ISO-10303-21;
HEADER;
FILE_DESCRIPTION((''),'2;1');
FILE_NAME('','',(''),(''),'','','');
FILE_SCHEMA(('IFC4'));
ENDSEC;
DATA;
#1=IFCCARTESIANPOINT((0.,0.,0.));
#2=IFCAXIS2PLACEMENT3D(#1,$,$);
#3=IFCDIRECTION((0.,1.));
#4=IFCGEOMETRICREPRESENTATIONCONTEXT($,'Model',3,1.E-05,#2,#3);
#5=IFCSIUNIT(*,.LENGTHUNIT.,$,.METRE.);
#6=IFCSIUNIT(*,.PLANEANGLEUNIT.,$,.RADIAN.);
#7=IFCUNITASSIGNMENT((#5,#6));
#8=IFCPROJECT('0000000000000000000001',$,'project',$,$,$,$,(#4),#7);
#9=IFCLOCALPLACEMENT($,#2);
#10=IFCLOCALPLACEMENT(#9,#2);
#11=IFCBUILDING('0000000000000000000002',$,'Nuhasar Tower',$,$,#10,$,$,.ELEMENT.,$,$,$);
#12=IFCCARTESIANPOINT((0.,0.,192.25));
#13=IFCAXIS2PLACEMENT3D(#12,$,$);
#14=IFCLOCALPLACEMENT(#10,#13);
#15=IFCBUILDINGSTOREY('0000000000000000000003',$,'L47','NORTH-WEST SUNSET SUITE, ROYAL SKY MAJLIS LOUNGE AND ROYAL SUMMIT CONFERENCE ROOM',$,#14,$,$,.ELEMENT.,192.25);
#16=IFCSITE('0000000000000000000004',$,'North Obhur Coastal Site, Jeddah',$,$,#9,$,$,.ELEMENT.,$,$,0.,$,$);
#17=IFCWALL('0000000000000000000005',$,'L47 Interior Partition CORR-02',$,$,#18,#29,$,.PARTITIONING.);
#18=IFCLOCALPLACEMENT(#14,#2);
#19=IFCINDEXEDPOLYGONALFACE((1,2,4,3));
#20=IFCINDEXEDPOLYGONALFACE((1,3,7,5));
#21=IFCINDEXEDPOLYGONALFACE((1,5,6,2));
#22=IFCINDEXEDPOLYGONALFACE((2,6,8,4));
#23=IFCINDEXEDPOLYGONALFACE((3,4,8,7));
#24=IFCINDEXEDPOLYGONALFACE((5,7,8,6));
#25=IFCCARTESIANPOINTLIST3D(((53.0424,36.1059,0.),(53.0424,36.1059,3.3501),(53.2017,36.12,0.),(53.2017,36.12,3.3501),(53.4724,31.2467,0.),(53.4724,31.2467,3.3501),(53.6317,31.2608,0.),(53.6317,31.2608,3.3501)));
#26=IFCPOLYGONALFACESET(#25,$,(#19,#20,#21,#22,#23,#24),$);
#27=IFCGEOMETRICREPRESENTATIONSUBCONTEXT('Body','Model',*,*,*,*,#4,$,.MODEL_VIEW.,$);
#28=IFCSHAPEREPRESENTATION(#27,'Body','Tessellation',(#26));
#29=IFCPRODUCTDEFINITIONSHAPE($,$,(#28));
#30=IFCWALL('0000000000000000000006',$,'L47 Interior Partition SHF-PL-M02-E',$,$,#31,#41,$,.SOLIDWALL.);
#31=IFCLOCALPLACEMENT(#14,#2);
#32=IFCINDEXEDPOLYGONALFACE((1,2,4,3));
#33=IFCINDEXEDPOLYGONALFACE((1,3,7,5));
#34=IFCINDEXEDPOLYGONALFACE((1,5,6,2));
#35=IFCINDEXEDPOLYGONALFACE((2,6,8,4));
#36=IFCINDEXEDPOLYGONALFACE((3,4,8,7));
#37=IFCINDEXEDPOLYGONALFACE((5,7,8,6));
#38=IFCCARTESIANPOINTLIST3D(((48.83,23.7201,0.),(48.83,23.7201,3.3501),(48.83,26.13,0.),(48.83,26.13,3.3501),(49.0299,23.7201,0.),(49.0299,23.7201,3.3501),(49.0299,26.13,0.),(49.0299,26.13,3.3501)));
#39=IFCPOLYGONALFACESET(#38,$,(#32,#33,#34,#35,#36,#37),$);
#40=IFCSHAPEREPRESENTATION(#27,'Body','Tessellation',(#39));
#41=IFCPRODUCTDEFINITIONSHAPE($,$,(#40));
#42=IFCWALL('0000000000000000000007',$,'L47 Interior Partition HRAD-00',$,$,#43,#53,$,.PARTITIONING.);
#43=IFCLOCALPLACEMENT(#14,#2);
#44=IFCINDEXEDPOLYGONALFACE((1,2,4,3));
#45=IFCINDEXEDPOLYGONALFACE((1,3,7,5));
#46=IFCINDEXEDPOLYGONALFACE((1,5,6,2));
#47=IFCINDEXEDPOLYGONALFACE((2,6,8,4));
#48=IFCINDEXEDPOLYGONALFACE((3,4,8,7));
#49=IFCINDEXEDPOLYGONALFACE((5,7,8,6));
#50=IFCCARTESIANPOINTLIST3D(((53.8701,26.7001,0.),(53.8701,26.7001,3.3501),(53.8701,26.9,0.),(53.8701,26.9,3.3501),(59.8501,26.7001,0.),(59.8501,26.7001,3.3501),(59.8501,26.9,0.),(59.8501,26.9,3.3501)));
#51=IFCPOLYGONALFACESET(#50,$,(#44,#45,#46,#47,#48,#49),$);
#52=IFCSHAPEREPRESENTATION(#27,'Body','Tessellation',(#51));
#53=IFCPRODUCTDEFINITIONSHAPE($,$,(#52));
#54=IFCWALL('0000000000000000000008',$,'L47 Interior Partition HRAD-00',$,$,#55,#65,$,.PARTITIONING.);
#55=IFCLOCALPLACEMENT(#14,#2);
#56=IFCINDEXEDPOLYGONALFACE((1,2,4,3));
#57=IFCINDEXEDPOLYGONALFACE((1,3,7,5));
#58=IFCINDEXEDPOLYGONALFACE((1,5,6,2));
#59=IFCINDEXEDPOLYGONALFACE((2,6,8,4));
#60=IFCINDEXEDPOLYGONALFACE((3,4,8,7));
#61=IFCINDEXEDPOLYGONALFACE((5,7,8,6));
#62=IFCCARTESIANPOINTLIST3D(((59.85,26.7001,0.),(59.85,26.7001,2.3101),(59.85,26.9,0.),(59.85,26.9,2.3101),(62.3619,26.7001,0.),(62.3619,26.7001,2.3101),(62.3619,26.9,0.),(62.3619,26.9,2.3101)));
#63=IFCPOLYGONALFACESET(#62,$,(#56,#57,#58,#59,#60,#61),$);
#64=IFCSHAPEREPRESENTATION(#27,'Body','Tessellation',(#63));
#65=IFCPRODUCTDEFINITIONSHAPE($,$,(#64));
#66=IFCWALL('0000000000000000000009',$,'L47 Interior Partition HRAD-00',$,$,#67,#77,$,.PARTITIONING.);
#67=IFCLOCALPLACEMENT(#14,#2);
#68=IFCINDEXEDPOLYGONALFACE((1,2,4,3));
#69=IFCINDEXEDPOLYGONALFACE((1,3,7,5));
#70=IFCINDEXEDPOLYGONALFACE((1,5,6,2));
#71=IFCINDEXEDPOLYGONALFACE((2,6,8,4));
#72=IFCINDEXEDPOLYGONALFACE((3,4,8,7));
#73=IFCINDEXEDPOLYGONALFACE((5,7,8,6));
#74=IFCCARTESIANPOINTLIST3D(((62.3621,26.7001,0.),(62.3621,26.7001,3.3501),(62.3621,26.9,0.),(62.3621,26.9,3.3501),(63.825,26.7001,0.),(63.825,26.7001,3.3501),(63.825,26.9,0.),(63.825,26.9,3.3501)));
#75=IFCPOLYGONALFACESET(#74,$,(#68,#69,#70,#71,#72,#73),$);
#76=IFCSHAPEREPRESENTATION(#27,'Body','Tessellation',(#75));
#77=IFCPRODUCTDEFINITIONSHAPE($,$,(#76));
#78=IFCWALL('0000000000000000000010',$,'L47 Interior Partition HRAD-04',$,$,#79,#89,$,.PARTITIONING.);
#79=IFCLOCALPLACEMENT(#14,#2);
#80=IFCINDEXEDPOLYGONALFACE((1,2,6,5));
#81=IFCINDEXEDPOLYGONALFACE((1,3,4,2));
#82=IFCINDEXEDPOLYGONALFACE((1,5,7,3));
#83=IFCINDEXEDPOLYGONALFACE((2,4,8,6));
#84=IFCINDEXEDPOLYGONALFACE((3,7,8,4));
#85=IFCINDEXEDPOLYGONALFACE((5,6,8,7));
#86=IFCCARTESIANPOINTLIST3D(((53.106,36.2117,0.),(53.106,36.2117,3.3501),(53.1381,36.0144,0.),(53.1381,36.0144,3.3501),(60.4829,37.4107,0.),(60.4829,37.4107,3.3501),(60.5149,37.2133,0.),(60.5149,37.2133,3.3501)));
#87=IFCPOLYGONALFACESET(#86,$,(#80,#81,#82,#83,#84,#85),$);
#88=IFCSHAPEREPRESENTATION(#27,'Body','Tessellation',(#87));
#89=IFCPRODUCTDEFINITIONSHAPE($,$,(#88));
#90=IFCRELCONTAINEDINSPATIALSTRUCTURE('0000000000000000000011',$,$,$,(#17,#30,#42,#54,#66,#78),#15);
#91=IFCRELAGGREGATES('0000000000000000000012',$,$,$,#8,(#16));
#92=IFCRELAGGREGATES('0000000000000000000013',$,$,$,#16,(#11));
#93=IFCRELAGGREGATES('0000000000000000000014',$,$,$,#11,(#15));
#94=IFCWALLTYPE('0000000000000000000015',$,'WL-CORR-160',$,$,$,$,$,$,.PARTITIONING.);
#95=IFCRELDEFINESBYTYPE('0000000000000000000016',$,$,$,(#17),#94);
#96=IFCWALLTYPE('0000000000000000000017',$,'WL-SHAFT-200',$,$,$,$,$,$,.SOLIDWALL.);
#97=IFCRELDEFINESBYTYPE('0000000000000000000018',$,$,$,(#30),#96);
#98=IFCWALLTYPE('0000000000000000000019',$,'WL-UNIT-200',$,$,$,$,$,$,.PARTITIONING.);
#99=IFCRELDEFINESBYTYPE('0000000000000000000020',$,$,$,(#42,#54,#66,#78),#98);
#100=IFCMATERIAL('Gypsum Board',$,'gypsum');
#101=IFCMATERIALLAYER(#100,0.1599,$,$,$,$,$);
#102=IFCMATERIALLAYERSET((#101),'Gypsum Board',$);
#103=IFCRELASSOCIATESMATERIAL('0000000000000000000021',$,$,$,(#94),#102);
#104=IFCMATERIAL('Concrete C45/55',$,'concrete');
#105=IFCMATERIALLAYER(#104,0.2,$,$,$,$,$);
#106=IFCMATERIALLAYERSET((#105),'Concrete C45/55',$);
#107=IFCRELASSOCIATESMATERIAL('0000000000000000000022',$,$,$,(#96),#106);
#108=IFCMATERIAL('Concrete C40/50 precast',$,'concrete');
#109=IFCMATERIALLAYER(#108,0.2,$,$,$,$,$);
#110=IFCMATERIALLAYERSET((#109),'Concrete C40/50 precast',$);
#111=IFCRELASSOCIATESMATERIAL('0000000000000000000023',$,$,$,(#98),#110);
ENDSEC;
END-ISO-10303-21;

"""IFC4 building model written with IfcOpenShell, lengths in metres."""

from ifc_helpers import new_model, si_unit, direction, frame, frame_2d, origin, place, context, subcontext, project, spatial, rectangle, extrude, material, layer, layer_set, type_object, element, save


model = new_model("IFC4")

# Units and contexts
model_context = context("Model", 3, precision=1e-05, world=origin(), true_north=direction((0.0, 1.0)))
body_context = subcontext(model_context, "Body", "Model", "MODEL_VIEW")
ifc_project = project(units=[si_unit("LENGTHUNIT", "METRE"), si_unit("PLANEANGLEUNIT", "RADIAN")], contexts=[model_context])

# Site, building, storey
site_placement = place(None, origin())
site = spatial("IfcSite", under=ifc_project, at=site_placement, Name="North Obhur Coastal Site, Jeddah", CompositionType="ELEMENT", RefElevation=0.0)
building_placement = place(site_placement, origin())
building = spatial("IfcBuilding", under=site, at=building_placement, Name="Nuhasar Tower", CompositionType="ELEMENT")
storey_placement = place(building_placement, frame((0.0, 0.0, 192.25)))
storey = spatial("IfcBuildingStorey", under=building, at=storey_placement, Name="L47", Description="NORTH-WEST SUNSET SUITE, ROYAL SKY MAJLIS LOUNGE AND ROYAL SUMMIT CONFERENCE ROOM", CompositionType="ELEMENT", Elevation=192.25)

# Shared definitions
ifc_material_1 = material(Name="Gypsum Board", Category="gypsum")
ifc_layer_1 = layer(ifc_material_1, 0.1599)
ifc_layer_set_1 = layer_set([ifc_layer_1], Name="Gypsum Board")
wall_type_1 = type_object("IfcWallType", Name="WL-CORR-160", PredefinedType="PARTITIONING", material=ifc_layer_set_1)

# Walls
wall_1_placement = place(storey_placement, frame((53.552, 31.2539, 0.0), z_axis=(0.0, 0.0, 1.0), x_axis=(-0.088135, 0.996109, 0.0)))
element("IfcWall", 1, at=wall_1_placement, inside=storey, type_object=wall_type_1, Name="L47 Interior Partition CORR-02", PredefinedType="PARTITIONING", context=body_context, shape_type="SweptSolid", body=[
    extrude(rectangle(XDim=4.8782, YDim=0.1599, at=frame_2d((2.439, 0.0))), origin(), (0.0, 0.0, 1.0), 3.3501),
])
ifc_material_2 = material(Name="Concrete C45/55", Category="concrete")
ifc_layer_2 = layer(ifc_material_2, 0.2)
ifc_layer_set_2 = layer_set([ifc_layer_2], Name="Concrete C45/55")
wall_type_2 = type_object("IfcWallType", Name="WL-SHAFT-200", PredefinedType="SOLIDWALL", material=ifc_layer_set_2)
wall_2_placement = place(storey_placement, frame((48.9299, 23.72, 0.0), z_axis=(0.0, 0.0, 1.0), x_axis=(0.0, 1.0, 0.0)))
element("IfcWall", 2, at=wall_2_placement, inside=storey, type_object=wall_type_2, Name="L47 Interior Partition SHF-PL-M02-E", PredefinedType="SOLIDWALL", context=body_context, shape_type="SweptSolid", body=[
    extrude(rectangle(XDim=2.4099, YDim=0.2, at=frame_2d((1.2051, 0.0))), origin(), (0.0, 0.0, 1.0), 3.3501),
])
ifc_material_3 = material(Name="Concrete C40/50 precast", Category="concrete")
ifc_layer_3 = layer(ifc_material_3, 0.2)
ifc_layer_set_3 = layer_set([ifc_layer_3], Name="Concrete C40/50 precast")
wall_type_3 = type_object("IfcWallType", Name="WL-UNIT-200", PredefinedType="PARTITIONING", material=ifc_layer_set_3)
wall_3_placement = place(storey_placement, frame((53.8701, 26.8, 0.0), z_axis=(0.0, 0.0, 1.0), x_axis=(1.0, 0.0, 0.0)))
element("IfcWall", 3, at=wall_3_placement, inside=storey, type_object=wall_type_3, Name="L47 Interior Partition HRAD-00", PredefinedType="PARTITIONING", context=body_context, shape_type="SweptSolid", body=[
    extrude(rectangle(XDim=5.98, YDim=0.2, at=frame_2d((2.99, 0.0))), origin(), (0.0, 0.0, 1.0), 3.3501),
])
wall_4_placement = place(storey_placement, frame((59.8501, 26.8, 0.0), z_axis=(0.0, 0.0, 1.0), x_axis=(1.0, 0.0, 0.0)))
element("IfcWall", 4, at=wall_4_placement, inside=storey, type_object=wall_type_3, Name="L47 Interior Partition HRAD-00", PredefinedType="PARTITIONING", context=body_context, shape_type="SweptSolid", body=[
    extrude(rectangle(XDim=2.512, YDim=0.2, at=frame_2d((1.2559, 0.0))), origin(), (0.0, 0.0, 1.0), 2.3101),
])
wall_5_placement = place(storey_placement, frame((62.3621, 26.8, 0.0), z_axis=(0.0, 0.0, 1.0), x_axis=(1.0, 0.0, 0.0)))
element("IfcWall", 5, at=wall_5_placement, inside=storey, type_object=wall_type_3, Name="L47 Interior Partition HRAD-00", PredefinedType="PARTITIONING", context=body_context, shape_type="SweptSolid", body=[
    extrude(rectangle(XDim=1.4629, YDim=0.2, at=frame_2d((0.7314, 0.0))), origin(), (0.0, 0.0, 1.0), 3.3501),
])
wall_6_placement = place(storey_placement, frame((53.1221, 36.113, 0.0), z_axis=(0.0, 0.0, 1.0), x_axis=(0.987048, 0.160425, 0.0)))
element("IfcWall", 6, at=wall_6_placement, inside=storey, type_object=wall_type_3, Name="L47 Interior Partition HRAD-04", PredefinedType="PARTITIONING", context=body_context, shape_type="SweptSolid", body=[
    extrude(rectangle(XDim=7.4736, YDim=0.2, at=frame_2d((3.7368, 0.0))), origin(), (0.0, 0.0, 1.0), 3.3501),
])

save(model, "model.ifc")
